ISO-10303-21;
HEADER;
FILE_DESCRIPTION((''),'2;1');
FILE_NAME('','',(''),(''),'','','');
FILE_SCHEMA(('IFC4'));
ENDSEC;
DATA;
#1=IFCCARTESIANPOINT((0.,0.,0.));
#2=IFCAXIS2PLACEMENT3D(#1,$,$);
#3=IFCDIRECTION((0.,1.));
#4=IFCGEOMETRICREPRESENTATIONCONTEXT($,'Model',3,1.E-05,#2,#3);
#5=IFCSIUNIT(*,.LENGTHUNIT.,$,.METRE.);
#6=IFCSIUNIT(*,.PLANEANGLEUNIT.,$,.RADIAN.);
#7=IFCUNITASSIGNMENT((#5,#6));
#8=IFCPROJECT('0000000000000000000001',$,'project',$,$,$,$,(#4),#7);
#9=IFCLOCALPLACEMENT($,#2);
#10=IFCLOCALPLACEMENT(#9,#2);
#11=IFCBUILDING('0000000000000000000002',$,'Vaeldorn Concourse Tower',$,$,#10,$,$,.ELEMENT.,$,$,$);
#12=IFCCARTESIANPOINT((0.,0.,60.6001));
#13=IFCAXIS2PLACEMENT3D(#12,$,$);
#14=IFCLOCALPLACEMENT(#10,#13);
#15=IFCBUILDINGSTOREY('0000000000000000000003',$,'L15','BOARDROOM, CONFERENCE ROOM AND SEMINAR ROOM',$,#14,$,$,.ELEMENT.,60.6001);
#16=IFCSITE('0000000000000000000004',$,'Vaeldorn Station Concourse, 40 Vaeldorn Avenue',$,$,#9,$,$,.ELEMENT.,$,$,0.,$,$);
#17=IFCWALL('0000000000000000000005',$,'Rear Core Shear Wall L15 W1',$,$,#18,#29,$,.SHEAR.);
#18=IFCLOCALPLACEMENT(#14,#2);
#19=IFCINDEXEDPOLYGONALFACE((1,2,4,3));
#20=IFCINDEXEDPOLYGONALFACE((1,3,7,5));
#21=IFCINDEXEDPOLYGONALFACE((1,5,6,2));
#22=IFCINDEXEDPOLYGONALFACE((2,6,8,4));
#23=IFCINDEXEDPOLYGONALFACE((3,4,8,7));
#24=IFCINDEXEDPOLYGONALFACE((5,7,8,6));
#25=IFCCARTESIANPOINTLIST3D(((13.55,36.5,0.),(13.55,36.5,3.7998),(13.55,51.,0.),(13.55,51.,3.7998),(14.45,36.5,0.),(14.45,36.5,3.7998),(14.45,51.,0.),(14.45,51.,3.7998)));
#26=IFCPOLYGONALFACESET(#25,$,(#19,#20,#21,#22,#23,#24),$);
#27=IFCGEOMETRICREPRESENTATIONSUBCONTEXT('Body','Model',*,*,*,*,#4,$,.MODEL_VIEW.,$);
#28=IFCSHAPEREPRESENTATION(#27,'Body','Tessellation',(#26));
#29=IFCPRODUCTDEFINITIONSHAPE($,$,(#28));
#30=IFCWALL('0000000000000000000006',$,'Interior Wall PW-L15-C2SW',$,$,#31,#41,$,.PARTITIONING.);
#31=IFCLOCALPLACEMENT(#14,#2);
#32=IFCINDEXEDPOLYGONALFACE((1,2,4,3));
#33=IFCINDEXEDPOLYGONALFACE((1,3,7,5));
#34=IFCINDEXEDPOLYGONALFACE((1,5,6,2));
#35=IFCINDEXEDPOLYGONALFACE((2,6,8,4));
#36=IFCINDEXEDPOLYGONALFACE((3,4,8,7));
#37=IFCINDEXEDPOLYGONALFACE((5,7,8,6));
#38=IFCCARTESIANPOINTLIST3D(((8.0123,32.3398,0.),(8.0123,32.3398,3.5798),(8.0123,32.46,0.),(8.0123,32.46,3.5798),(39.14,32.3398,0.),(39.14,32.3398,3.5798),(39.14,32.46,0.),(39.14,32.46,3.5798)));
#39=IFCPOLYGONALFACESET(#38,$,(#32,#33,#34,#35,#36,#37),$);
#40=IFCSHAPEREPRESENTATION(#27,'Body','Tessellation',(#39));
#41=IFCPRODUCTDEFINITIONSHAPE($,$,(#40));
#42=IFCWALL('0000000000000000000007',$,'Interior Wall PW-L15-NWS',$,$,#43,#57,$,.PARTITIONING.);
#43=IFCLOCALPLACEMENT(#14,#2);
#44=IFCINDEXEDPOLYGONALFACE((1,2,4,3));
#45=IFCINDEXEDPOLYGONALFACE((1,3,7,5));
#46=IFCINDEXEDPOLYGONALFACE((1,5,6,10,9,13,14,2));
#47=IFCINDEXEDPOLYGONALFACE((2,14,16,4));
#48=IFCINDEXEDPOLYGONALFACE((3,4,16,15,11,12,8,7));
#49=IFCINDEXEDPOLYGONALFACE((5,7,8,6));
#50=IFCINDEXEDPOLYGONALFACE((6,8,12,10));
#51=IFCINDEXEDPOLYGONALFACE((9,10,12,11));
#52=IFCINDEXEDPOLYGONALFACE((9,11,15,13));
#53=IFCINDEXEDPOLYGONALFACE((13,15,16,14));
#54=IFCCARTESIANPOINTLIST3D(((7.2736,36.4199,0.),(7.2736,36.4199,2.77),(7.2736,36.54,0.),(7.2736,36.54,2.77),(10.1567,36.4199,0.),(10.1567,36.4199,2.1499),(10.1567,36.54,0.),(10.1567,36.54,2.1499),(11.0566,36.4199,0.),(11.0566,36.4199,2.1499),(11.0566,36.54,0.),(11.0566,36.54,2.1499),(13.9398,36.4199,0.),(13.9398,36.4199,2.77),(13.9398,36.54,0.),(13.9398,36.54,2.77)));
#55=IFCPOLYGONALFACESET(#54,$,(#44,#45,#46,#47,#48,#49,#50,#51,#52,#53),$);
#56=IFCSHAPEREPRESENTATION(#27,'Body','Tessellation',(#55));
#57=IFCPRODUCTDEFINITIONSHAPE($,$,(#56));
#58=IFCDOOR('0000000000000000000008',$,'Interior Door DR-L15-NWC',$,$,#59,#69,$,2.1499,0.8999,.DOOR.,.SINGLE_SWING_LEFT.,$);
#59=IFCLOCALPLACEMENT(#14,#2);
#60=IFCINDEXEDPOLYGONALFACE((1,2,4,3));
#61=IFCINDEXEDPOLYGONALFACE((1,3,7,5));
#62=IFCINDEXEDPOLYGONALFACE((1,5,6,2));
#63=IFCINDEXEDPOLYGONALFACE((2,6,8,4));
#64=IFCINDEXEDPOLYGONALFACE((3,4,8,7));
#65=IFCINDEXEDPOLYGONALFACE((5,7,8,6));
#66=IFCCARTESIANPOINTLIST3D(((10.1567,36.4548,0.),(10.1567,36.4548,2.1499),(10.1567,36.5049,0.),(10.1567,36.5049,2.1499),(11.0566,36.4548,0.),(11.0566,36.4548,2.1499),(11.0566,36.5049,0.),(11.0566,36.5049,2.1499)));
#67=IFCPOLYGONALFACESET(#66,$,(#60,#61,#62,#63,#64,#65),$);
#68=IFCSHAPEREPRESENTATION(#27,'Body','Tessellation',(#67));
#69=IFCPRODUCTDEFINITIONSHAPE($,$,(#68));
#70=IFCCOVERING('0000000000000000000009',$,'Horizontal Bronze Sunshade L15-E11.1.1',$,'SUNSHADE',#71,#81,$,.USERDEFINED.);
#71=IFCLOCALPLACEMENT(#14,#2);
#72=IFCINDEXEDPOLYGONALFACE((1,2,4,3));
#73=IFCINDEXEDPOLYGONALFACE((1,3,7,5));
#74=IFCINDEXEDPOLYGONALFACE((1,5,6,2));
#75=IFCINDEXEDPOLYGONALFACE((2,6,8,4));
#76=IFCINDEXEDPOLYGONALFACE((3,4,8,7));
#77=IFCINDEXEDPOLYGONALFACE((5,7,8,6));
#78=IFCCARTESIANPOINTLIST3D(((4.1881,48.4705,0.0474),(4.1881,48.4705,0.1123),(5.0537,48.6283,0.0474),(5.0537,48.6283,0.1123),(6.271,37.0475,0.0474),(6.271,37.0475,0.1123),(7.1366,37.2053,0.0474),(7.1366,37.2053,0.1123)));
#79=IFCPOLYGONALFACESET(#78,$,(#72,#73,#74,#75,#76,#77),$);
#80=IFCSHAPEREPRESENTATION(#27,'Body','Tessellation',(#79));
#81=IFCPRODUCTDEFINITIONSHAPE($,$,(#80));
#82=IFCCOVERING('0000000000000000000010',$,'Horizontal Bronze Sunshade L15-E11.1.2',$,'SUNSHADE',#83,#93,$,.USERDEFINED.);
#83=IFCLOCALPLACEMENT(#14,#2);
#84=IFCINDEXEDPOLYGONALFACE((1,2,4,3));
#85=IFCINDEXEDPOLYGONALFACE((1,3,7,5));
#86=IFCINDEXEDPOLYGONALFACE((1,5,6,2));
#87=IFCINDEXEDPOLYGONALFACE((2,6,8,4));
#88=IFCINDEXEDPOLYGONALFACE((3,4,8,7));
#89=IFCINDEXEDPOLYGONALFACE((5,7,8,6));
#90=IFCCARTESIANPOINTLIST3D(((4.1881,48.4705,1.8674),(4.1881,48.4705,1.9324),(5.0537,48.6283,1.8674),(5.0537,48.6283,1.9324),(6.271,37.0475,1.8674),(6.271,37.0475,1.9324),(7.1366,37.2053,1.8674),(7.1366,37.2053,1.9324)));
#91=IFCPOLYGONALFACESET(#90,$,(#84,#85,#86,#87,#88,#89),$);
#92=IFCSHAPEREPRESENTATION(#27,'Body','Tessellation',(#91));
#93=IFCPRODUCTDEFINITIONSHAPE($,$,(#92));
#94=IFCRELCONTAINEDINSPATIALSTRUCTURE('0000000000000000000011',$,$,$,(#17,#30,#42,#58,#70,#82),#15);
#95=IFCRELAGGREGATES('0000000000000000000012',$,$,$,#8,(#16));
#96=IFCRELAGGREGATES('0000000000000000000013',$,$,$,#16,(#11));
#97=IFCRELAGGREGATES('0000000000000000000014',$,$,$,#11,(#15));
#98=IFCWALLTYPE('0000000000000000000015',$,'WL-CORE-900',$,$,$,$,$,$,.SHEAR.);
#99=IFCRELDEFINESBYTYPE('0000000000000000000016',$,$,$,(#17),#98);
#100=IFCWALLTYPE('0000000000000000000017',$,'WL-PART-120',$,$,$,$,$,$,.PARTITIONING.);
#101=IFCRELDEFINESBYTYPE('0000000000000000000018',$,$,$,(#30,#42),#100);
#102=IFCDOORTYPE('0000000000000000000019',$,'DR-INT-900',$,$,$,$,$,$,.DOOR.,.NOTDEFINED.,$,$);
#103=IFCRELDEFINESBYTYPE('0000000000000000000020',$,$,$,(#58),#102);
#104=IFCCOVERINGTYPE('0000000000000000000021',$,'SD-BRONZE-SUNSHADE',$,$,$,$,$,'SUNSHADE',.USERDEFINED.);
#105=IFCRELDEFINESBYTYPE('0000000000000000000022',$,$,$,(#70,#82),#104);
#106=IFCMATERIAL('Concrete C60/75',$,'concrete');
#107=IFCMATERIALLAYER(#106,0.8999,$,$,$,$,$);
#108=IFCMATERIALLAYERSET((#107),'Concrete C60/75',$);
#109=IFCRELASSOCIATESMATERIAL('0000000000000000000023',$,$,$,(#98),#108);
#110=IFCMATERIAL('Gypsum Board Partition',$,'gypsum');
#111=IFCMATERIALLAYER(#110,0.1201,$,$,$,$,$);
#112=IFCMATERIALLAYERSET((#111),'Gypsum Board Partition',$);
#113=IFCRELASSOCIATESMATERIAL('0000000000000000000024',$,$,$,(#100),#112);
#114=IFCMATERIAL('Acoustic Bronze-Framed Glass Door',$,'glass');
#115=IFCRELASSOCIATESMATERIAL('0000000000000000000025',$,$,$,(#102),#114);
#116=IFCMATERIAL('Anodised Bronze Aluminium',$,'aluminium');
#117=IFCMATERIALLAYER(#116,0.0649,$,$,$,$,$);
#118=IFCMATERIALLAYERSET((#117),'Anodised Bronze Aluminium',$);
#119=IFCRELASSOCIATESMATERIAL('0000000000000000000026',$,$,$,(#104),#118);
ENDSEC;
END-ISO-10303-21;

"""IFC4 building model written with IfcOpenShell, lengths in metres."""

from ifc_helpers import new_model, si_unit, direction, frame, frame_2d, origin, origin_2d, place, context, subcontext, project, spatial, rectangle, extrude, source, transform, mapped, material, layer, layer_set, type_object, element, fill, save


model = new_model("IFC4")

# Units and contexts
model_context = context("Model", 3, precision=1e-05, world=origin(), true_north=direction((0.0, 1.0)))
body_context = subcontext(model_context, "Body", "Model", "MODEL_VIEW")
ifc_project = project(units=[si_unit("LENGTHUNIT", "METRE"), si_unit("PLANEANGLEUNIT", "RADIAN")], contexts=[model_context])

# Site, building, storey
site_placement = place(None, origin())
site = spatial("IfcSite", under=ifc_project, at=site_placement, Name="Vaeldorn Station Concourse, 40 Vaeldorn Avenue", CompositionType="ELEMENT", RefElevation=0.0)
building_placement = place(site_placement, origin())
building = spatial("IfcBuilding", under=site, at=building_placement, Name="Vaeldorn Concourse Tower", CompositionType="ELEMENT")
storey_placement = place(building_placement, frame((0.0, 0.0, 60.6001)))
storey = spatial("IfcBuildingStorey", under=building, at=storey_placement, Name="L15", Description="BOARDROOM, CONFERENCE ROOM AND SEMINAR ROOM", CompositionType="ELEMENT", Elevation=60.6001)

# Shared definitions
ifc_material_1 = material(Name="Concrete C60/75", Category="concrete")

# Shared definitions
ifc_material_2 = material(Name="Anodised Bronze Aluminium", Category="aluminium")

# Walls
ifc_layer_1 = layer(ifc_material_1, 0.8999)
ifc_layer_set_1 = layer_set([ifc_layer_1], Name="Concrete C60/75")
wall_type_1 = type_object("IfcWallType", Name="WL-CORE-900", PredefinedType="SHEAR", material=ifc_layer_set_1)
wall_1_placement = place(storey_placement, frame((14.0, 36.5, 0.0), z_axis=(0.0, 0.0, 1.0), x_axis=(0.0, 1.0, 0.0)))
element("IfcWall", 1, at=wall_1_placement, inside=storey, type_object=wall_type_1, Name="Rear Core Shear Wall L15 W1", PredefinedType="SHEAR", context=body_context, shape_type="SweptSolid", body=[
    extrude(rectangle(XDim=14.5, YDim=0.8999, at=frame_2d((7.25, 0.0))), origin(), (0.0, 0.0, 1.0), 3.7998),
])
ifc_material_3 = material(Name="Gypsum Board Partition", Category="gypsum")
ifc_layer_2 = layer(ifc_material_3, 0.1201)
ifc_layer_set_2 = layer_set([ifc_layer_2], Name="Gypsum Board Partition")
wall_type_2 = type_object("IfcWallType", Name="WL-PART-120", PredefinedType="PARTITIONING", material=ifc_layer_set_2)
wall_2_placement = place(storey_placement, frame((8.0122, 32.3999, 0.0), z_axis=(0.0, 0.0, 1.0), x_axis=(1.0, 0.0, 0.0)))
element("IfcWall", 2, at=wall_2_placement, inside=storey, type_object=wall_type_2, Name="Interior Wall PW-L15-C2SW", PredefinedType="PARTITIONING", context=body_context, shape_type="SweptSolid", body=[
    extrude(rectangle(XDim=31.1277, YDim=0.1201, at=frame_2d((15.564, 0.0))), origin(), (0.0, 0.0, 1.0), 3.5798),
])

# Wall, opening, door
wall_3_placement = place(storey_placement, frame((7.2737, 36.48, 0.0), z_axis=(0.0, 0.0, 1.0), x_axis=(1.0, 0.0, 0.0)))
wall_3 = element("IfcWall", 3, at=wall_3_placement, inside=storey, type_object=wall_type_2, Name="Interior Wall PW-L15-NWS", PredefinedType="PARTITIONING", context=body_context, shape_type="SweptSolid", body=[
    extrude(rectangle(XDim=6.6663, YDim=0.1201, at=frame_2d((3.333, 0.0))), origin(), (0.0, 0.0, 1.0), 2.77),
])
opening_1_placement = place(wall_3_placement, frame((2.8831, 0.0, 0.0)))
opening_1 = element("IfcOpeningElement", 4, at=opening_1_placement, cuts=wall_3, PredefinedType="OPENING", context=body_context, shape_type="SweptSolid", body=[
    extrude(rectangle(XDim=0.8999, YDim=2.1499, at=frame_2d((0.45, 1.075))), frame((0.0, 0.0701, 0.0), z_axis=(0.0, -1.0, 0.0), x_axis=(1.0, 0.0, 0.0)), (0.0, 0.0, 1.0), 0.1401),
])
ifc_material_4 = material(Name="Acoustic Bronze-Framed Glass Door", Category="glass")
door_type_1 = type_object("IfcDoorType", Name="DR-INT-900", OperationType="NOTDEFINED", PredefinedType="DOOR", material=ifc_material_4)
shared_shape_1 = source(origin(), body_context, "Body", "SweptSolid", [
    extrude(rectangle(XDim=0.8999, YDim=2.1499, at=frame_2d((0.45, 1.075))), frame((0.0, 0.0249, 0.0), z_axis=(0.0, -1.0, 0.0), x_axis=(1.0, 0.0, 0.0)), (0.0, 0.0, 1.0), 0.05),
])
door_1_placement = place(opening_1_placement, origin())
door_1 = element("IfcDoor", 5, at=door_1_placement, inside=storey, type_object=door_type_1, Name="Interior Door DR-L15-NWC", OperationType="SINGLE_SWING_LEFT", OverallHeight=2.1499, OverallWidth=0.8999, PredefinedType="DOOR", context=body_context, shape_type="MappedRepresentation", body=[
    mapped(shared_shape_1, transform((0.0, 0.0, 0.0), scale=1.0)),
])
fill(opening_1, door_1)

# Coverings
ifc_layer_3 = layer(ifc_material_2, 0.0649)
ifc_layer_set_3 = layer_set([ifc_layer_3], Name="Anodised Bronze Aluminium")
covering_type = type_object("IfcCoveringType", Name="SD-BRONZE-SUNSHADE", ElementType="SUNSHADE", PredefinedType="USERDEFINED", material=ifc_layer_set_3)
shared_shape_2 = source(origin(), body_context, "Body", "SweptSolid", [
    extrude(rectangle(XDim=11.6113, YDim=0.8799, at=origin_2d()), origin(), (0.0, 0.0, 1.0), 0.0649),
])
for number, where, z_axis, x_axis, name in (
    (6, (5.6624, 42.8379, 0.0474), (0.0, 0.0, 1.0), (0.179386, -0.983779, 0.0), "Horizontal Bronze Sunshade L15-E11.1.1"),
    (7, (5.6624, 42.8379, 1.8674), (0.0, 0.0, 1.0), (0.179386, -0.983779, 0.0), "Horizontal Bronze Sunshade L15-E11.1.2"),
):
    element("IfcCovering", number, at=place(storey_placement, frame(where, z_axis=z_axis, x_axis=x_axis)), inside=storey, type_object=covering_type, Name=name, ObjectType="SUNSHADE", PredefinedType="USERDEFINED", context=body_context, shape_type="MappedRepresentation", body=[
        mapped(shared_shape_2, transform((0.0, 0.0, 0.0), scale=1.0)),
    ])

save(model, "model.ifc")
